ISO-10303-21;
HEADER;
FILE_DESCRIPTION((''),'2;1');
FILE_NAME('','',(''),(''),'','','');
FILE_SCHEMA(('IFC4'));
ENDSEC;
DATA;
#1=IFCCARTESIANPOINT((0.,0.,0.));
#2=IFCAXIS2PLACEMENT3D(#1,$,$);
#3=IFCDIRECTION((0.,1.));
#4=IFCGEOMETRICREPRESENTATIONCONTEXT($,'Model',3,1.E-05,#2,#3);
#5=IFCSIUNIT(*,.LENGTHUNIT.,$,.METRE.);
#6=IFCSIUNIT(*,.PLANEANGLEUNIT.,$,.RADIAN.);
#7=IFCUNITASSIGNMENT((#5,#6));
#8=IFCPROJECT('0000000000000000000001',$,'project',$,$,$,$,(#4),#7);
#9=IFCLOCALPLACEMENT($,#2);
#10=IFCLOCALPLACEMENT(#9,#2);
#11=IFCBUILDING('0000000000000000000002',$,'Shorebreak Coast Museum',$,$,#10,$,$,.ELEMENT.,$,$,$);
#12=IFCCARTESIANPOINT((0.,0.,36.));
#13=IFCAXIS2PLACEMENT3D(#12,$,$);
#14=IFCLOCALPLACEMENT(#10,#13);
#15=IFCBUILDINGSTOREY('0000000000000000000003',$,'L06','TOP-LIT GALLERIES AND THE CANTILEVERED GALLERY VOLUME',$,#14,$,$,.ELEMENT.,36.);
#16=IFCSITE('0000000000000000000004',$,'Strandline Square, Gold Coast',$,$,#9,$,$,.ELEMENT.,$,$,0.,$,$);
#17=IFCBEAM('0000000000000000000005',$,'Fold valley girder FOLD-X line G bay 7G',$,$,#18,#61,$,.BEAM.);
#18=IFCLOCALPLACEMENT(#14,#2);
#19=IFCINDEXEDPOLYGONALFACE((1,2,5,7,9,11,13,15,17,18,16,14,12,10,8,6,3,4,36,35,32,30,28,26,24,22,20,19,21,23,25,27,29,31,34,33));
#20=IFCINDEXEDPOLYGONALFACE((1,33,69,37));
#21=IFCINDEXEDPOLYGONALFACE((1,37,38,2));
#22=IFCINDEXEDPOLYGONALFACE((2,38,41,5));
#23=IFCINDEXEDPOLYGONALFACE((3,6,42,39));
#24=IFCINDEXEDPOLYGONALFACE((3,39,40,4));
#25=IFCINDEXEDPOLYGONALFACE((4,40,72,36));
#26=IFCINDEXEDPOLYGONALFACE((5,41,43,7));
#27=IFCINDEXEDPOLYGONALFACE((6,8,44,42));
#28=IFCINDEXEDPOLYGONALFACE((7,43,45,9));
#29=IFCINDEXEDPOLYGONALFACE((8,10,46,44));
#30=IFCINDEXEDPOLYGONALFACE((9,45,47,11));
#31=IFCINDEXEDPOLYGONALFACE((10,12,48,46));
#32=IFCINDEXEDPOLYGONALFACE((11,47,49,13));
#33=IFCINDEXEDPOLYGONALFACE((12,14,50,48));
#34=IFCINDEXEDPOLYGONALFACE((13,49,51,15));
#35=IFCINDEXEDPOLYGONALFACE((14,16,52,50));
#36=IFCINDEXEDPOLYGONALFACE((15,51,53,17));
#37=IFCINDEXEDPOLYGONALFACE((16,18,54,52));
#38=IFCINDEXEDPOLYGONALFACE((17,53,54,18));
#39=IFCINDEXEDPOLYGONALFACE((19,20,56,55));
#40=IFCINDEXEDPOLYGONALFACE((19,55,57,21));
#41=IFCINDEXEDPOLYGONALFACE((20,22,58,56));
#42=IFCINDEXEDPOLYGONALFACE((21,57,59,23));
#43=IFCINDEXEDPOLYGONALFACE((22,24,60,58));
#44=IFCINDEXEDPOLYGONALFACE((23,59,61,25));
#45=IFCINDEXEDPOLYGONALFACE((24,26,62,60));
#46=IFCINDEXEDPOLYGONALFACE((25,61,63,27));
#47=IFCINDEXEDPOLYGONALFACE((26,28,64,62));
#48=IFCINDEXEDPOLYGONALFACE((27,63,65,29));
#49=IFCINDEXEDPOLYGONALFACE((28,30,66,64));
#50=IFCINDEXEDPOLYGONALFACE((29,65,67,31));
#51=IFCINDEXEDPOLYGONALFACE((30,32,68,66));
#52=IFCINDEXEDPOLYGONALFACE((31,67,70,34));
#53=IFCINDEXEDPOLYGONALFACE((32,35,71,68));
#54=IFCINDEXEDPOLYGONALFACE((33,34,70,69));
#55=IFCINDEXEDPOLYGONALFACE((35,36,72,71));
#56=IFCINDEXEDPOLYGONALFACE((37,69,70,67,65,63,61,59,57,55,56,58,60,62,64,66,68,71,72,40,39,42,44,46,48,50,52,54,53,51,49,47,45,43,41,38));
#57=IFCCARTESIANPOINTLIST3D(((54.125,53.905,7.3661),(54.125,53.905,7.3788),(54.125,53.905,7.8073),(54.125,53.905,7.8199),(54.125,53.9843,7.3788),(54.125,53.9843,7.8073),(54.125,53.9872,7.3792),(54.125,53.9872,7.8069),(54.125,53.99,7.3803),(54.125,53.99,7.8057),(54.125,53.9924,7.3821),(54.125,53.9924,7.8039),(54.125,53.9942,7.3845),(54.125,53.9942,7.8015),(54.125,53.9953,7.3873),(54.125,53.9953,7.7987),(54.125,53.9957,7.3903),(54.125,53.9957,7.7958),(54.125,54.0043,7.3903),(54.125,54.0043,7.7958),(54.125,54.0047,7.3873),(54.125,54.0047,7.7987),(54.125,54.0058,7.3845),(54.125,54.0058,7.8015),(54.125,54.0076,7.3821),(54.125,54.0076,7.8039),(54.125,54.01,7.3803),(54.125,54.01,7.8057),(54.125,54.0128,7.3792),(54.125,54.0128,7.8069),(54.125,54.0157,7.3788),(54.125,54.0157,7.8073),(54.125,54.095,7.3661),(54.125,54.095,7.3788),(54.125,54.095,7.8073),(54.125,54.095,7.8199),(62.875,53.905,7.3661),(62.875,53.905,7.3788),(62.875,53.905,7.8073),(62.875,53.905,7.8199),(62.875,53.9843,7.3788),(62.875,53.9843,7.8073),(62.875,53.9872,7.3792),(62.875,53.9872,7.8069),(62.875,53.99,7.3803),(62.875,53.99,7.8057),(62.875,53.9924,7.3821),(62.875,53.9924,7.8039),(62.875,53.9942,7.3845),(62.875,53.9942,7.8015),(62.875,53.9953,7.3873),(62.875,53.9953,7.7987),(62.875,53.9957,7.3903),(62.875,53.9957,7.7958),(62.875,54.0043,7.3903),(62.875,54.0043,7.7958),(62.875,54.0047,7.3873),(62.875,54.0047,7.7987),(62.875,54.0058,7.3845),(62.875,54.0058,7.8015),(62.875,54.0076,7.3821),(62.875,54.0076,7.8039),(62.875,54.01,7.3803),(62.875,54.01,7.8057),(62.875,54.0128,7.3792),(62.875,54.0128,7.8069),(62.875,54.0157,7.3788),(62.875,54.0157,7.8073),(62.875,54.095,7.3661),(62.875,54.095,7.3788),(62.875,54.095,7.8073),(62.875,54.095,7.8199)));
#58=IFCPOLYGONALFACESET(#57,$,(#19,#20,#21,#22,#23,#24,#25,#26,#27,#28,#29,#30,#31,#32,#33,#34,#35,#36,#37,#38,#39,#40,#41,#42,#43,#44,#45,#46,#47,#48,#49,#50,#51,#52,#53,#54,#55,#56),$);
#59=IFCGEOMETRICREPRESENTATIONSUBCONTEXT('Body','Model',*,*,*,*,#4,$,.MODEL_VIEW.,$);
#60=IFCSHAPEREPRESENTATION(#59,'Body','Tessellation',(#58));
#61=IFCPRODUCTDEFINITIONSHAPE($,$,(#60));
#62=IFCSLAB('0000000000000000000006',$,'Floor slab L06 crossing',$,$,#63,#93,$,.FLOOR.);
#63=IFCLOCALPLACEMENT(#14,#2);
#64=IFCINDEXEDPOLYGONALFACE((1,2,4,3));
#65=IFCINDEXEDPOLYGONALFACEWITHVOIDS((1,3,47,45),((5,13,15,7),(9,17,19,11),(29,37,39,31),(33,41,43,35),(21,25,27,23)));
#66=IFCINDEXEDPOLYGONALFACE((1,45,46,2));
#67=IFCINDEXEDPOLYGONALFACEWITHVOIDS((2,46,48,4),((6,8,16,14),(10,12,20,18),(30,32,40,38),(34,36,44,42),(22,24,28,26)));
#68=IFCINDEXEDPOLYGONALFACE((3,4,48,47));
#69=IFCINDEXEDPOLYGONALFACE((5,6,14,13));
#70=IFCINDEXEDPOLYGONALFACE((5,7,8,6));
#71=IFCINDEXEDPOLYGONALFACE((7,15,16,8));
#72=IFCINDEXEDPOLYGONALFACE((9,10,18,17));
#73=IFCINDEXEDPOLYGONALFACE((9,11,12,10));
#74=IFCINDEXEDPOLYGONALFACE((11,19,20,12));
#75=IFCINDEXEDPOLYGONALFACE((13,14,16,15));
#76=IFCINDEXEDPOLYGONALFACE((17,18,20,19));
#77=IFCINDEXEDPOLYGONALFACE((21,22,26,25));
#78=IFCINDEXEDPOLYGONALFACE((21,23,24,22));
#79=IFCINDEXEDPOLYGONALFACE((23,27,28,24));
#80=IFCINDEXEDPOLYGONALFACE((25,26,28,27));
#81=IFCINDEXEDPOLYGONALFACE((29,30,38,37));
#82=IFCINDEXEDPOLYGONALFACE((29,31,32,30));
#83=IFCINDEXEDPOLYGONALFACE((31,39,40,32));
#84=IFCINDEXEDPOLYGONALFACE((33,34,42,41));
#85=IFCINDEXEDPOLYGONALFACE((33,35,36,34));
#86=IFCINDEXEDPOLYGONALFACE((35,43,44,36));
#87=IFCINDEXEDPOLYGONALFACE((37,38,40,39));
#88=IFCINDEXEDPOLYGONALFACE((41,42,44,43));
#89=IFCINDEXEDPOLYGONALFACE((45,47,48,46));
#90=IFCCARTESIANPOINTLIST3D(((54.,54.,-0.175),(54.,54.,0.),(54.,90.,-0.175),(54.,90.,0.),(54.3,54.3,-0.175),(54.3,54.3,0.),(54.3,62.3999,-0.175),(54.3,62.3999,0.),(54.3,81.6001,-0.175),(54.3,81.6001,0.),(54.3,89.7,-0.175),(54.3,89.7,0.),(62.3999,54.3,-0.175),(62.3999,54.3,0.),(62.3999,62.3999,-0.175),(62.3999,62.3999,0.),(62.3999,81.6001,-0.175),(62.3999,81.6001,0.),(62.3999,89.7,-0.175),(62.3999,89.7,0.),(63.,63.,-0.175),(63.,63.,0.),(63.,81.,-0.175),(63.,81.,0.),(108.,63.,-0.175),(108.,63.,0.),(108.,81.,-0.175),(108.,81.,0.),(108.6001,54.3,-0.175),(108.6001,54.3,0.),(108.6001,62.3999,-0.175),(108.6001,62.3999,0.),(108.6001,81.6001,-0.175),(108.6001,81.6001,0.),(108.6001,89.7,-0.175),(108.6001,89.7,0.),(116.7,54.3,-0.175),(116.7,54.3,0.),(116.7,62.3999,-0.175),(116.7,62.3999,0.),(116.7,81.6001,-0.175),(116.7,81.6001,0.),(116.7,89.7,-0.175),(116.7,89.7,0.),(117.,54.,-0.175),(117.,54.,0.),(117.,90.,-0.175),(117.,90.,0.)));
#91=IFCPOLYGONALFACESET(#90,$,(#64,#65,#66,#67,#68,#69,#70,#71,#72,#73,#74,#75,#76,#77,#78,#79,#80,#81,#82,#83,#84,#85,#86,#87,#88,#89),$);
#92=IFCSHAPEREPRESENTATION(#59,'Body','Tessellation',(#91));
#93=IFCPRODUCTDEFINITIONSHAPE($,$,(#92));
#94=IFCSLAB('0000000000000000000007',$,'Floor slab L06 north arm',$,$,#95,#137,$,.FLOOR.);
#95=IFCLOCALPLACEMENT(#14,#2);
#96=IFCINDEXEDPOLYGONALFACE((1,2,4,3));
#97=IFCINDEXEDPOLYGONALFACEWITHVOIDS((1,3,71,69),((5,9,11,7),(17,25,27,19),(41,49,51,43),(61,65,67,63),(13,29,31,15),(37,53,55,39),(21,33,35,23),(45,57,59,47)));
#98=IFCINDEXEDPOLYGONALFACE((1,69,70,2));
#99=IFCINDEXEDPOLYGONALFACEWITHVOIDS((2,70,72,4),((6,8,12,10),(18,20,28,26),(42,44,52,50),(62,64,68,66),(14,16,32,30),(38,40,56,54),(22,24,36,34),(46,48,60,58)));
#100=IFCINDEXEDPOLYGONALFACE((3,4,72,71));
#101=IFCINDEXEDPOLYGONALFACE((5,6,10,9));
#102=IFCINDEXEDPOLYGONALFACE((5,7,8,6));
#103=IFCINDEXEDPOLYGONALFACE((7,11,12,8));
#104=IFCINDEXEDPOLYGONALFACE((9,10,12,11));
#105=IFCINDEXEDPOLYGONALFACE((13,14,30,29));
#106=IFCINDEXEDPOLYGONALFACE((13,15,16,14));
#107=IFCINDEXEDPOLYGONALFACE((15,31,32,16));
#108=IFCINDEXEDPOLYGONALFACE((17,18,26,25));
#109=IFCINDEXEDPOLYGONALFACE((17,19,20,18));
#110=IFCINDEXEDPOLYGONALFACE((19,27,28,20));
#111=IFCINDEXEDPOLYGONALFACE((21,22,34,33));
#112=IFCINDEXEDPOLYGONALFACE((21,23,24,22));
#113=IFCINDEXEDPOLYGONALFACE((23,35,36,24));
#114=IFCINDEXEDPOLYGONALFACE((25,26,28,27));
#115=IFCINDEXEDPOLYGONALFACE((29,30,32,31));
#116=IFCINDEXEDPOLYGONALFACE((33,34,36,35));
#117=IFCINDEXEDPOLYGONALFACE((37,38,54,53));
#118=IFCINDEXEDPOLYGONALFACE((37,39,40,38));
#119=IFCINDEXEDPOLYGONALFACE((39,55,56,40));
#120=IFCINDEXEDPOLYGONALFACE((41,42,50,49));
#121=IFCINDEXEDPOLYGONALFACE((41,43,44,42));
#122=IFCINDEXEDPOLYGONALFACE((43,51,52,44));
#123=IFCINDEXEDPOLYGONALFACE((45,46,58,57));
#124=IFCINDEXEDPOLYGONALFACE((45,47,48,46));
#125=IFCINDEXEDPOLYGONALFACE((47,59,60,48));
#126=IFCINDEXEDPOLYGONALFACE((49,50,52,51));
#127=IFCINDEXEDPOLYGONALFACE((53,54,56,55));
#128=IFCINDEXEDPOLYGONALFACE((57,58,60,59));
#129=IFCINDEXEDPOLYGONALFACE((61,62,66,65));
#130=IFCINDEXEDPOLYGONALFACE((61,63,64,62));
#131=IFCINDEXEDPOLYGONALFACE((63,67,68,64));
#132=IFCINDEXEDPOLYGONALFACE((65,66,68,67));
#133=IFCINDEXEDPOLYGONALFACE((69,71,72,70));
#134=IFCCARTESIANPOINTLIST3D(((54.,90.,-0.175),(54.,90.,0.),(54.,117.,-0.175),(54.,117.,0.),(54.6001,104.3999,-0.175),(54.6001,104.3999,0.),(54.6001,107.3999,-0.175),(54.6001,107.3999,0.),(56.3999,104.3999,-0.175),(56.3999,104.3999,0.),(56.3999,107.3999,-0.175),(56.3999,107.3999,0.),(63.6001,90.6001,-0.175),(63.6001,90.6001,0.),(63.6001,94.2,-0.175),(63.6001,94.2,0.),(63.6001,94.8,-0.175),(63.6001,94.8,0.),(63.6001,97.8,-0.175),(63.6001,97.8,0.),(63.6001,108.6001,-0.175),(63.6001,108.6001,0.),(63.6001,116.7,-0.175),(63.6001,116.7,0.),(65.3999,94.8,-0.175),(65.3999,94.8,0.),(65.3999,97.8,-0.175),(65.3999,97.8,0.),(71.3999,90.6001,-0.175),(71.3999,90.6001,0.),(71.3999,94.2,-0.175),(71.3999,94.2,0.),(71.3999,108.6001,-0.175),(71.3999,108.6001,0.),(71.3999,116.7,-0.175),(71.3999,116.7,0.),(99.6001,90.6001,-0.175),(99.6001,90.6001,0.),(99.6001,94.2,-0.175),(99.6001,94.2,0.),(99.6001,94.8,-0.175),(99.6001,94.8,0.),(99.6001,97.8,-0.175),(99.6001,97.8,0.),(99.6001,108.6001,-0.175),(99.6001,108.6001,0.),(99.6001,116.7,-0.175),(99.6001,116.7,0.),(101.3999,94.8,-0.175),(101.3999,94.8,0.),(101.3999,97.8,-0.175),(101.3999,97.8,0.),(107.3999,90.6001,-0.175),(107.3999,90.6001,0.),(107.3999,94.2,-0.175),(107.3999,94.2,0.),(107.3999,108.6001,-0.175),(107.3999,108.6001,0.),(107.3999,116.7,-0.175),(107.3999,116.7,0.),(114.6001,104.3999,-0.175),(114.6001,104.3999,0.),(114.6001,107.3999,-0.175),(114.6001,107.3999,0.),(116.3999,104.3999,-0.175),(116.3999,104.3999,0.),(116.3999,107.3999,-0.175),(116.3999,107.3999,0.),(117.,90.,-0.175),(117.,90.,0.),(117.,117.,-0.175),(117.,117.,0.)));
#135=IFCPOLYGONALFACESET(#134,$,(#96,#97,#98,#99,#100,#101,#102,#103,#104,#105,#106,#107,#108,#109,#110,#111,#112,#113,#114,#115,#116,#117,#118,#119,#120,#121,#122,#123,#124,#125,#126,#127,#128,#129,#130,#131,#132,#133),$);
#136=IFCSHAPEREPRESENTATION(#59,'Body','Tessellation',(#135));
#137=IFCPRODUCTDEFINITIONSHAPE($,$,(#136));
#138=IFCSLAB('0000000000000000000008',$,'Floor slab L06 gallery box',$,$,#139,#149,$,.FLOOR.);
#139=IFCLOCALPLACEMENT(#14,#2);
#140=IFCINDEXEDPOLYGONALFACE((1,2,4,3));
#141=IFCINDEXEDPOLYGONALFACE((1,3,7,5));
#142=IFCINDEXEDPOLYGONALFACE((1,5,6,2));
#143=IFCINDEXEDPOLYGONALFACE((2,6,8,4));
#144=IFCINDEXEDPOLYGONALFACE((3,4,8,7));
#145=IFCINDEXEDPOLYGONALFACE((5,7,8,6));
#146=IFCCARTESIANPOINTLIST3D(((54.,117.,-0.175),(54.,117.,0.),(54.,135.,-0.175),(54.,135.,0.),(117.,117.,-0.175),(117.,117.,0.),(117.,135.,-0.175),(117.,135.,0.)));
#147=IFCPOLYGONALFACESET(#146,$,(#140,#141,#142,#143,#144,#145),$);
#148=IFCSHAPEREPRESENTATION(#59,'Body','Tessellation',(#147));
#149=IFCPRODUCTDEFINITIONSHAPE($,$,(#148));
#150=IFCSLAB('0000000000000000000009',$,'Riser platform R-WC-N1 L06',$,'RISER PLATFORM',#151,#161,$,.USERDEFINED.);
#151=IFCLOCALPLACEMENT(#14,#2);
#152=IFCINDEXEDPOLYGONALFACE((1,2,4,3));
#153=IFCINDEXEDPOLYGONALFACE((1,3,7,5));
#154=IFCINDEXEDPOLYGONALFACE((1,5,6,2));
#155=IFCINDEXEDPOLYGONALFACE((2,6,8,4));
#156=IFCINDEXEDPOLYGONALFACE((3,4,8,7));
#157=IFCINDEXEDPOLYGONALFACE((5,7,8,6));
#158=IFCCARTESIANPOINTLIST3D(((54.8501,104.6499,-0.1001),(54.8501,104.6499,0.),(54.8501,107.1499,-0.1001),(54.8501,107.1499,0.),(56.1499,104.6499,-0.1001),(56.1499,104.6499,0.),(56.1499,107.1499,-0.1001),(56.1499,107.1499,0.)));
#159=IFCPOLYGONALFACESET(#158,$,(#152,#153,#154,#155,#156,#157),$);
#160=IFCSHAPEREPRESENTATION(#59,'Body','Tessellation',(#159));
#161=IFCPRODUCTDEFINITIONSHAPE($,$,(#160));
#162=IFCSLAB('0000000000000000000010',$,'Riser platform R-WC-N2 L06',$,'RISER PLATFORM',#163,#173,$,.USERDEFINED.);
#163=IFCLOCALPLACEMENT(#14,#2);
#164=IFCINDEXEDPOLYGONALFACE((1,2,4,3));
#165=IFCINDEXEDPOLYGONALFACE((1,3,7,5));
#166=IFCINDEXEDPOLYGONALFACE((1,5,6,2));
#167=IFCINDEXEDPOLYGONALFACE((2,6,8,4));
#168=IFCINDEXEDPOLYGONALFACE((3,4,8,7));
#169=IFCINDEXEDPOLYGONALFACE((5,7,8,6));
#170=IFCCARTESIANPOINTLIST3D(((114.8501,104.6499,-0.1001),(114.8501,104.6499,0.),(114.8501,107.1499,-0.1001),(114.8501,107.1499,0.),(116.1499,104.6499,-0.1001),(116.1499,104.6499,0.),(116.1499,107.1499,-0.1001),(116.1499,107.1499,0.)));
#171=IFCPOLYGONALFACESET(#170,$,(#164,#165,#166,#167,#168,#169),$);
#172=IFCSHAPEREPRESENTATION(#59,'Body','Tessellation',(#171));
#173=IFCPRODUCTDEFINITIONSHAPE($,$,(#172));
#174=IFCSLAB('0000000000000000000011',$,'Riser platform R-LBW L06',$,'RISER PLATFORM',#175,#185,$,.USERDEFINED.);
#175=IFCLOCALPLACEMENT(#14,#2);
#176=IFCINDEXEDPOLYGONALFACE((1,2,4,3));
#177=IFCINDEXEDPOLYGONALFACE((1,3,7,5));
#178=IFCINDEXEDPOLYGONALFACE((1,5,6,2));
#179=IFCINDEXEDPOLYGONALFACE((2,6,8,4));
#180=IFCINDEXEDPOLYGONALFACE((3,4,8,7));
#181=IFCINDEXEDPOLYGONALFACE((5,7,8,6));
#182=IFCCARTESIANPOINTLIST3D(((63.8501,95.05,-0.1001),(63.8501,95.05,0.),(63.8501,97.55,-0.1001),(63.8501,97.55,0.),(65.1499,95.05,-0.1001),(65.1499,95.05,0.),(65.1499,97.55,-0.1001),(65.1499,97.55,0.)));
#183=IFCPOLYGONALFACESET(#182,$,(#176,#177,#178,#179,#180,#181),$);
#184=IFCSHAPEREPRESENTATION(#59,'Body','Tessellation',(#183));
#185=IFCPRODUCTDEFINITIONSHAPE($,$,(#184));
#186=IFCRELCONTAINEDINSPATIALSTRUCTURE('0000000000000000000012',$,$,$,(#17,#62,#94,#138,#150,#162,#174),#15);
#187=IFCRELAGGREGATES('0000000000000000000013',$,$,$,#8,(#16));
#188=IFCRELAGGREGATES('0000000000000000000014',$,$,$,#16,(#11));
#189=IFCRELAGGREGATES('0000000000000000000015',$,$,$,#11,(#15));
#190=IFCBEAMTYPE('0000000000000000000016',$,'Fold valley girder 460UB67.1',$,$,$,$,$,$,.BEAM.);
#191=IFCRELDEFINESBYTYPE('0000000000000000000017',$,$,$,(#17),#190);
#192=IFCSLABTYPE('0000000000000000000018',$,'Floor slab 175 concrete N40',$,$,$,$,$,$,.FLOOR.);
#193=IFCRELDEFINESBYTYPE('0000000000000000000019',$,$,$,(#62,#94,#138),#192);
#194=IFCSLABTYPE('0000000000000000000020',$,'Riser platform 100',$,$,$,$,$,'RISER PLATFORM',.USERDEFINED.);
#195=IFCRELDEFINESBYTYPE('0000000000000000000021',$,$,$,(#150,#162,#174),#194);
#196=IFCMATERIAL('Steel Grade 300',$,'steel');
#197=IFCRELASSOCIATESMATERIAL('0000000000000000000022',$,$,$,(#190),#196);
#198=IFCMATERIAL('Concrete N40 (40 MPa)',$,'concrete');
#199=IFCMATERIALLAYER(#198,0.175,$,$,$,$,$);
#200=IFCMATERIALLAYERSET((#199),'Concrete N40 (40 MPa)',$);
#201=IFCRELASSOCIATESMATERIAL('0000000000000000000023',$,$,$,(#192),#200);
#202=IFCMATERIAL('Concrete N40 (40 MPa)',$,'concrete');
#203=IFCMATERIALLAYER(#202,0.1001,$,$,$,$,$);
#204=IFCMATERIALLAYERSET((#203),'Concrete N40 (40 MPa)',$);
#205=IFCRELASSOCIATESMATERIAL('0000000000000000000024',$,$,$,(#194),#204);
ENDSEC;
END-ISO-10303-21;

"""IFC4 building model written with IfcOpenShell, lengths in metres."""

from ifc_helpers import new_model, si_unit, direction, frame, origin, origin_2d, place, context, subcontext, project, spatial, polyline, i_section, outline, extrude, material, layer, layer_set, material_profile, profile_set, type_object, element, save


model = new_model("IFC4")

# Units and contexts
model_context = context("Model", 3, precision=1e-05, world=origin(), true_north=direction((0.0, 1.0)))
body_context = subcontext(model_context, "Body", "Model", "MODEL_VIEW")
ifc_project = project(units=[si_unit("LENGTHUNIT", "METRE"), si_unit("PLANEANGLEUNIT", "RADIAN")], contexts=[model_context])

# Site, building, storey
site_placement = place(None, origin())
site = spatial("IfcSite", under=ifc_project, at=site_placement, Name="Strandline Square, Gold Coast", CompositionType="ELEMENT", RefElevation=0.0)
building_placement = place(site_placement, origin())
building = spatial("IfcBuilding", under=site, at=building_placement, Name="Shorebreak Coast Museum", CompositionType="ELEMENT")
storey_placement = place(building_placement, frame((0.0, 0.0, 36.0)))
storey = spatial("IfcBuildingStorey", under=building, at=storey_placement, Name="L06", Description="TOP-LIT GALLERIES AND THE CANTILEVERED GALLERY VOLUME", CompositionType="ELEMENT", Elevation=36.0)

# Beam
ifc_material_1 = material(Name="Steel Grade 300", Category="steel")
ifc_material_profile_1 = material_profile(ifc_material_1, i_section(OverallWidth=0.1899, OverallDepth=0.4539, WebThickness=0.0085, FlangeThickness=0.0127, FilletRadius=0.0115, at=origin_2d()), Name="460UB67.1")
ifc_profile_set_1 = profile_set([ifc_material_profile_1], Name="Steel Grade 300")
beam_type_1 = type_object("IfcBeamType", Name="Fold valley girder 460UB67.1", PredefinedType="BEAM", material=ifc_profile_set_1)
beam_1_placement = place(storey_placement, frame((54.125, 54.0, 7.593), z_axis=(1.0, 0.0, 0.0), x_axis=(0.0, 1.0, 0.0)))
element("IfcBeam", 1, at=beam_1_placement, inside=storey, type_object=beam_type_1, Name="Fold valley girder FOLD-X line G bay 7G", PredefinedType="BEAM", context=body_context, shape_type="SweptSolid", body=[
    extrude(i_section(OverallWidth=0.1899, OverallDepth=0.4539, WebThickness=0.0085, FlangeThickness=0.0127, FilletRadius=0.0115, at=origin_2d()), origin(), (0.0, 0.0, 1.0), 8.75),
])

# Slabs
ifc_material_2 = material(Name="Concrete N40 (40 MPa)", Category="concrete")
ifc_layer_1 = layer(ifc_material_2, 0.175)
ifc_layer_set_1 = layer_set([ifc_layer_1], Name="Concrete N40 (40 MPa)")
slab_type_1 = type_object("IfcSlabType", Name="Floor slab 175 concrete N40", PredefinedType="FLOOR", material=ifc_layer_set_1)
slab_1_placement = place(storey_placement, frame((0.0, 0.0, -0.175)))
element("IfcSlab", 2, at=slab_1_placement, inside=storey, type_object=slab_type_1, Name="Floor slab L06 crossing", PredefinedType="FLOOR", context=body_context, shape_type="SweptSolid", body=[
    extrude(outline(polyline([(54.0, 54.0), (117.0, 54.0), (117.0, 90.0), (54.0, 90.0), (54.0, 54.0)]), holes=[polyline([(108.0, 81.0), (108.0, 63.0), (63.0, 63.0), (63.0, 81.0), (108.0, 81.0)]), polyline([(62.3999, 54.3), (54.3, 54.3), (54.3, 62.3999), (62.3999, 62.3999), (62.3999, 54.3)]), polyline([(108.6001, 54.3), (108.6001, 62.3999), (116.7, 62.3999), (116.7, 54.3), (108.6001, 54.3)]), polyline([(54.3, 89.7), (62.3999, 89.7), (62.3999, 81.6001), (54.3, 81.6001), (54.3, 89.7)]), polyline([(116.7, 89.7), (116.7, 81.6001), (108.6001, 81.6001), (108.6001, 89.7), (116.7, 89.7)])]), origin(), (0.0, 0.0, 1.0), 0.175),
])
slab_2_placement = place(storey_placement, frame((0.0, 0.0, -0.175)))
element("IfcSlab", 3, at=slab_2_placement, inside=storey, type_object=slab_type_1, Name="Floor slab L06 north arm", PredefinedType="FLOOR", context=body_context, shape_type="SweptSolid", body=[
    extrude(outline(polyline([(117.0, 90.0), (117.0, 117.0), (54.0, 117.0), (54.0, 90.0), (117.0, 90.0)]), holes=[polyline([(107.3999, 90.6001), (99.6001, 90.6001), (99.6001, 94.2), (107.3999, 94.2), (107.3999, 90.6001)]), polyline([(63.6001, 90.6001), (63.6001, 94.2), (71.3999, 94.2), (71.3999, 90.6001), (63.6001, 90.6001)]), polyline([(99.6001, 97.8), (101.3999, 97.8), (101.3999, 94.8), (99.6001, 94.8), (99.6001, 97.8)]), polyline([(65.3999, 97.8), (65.3999, 94.8), (63.6001, 94.8), (63.6001, 97.8), (65.3999, 97.8)]), polyline([(56.3999, 104.3999), (54.6001, 104.3999), (54.6001, 107.3999), (56.3999, 107.3999), (56.3999, 104.3999)]), polyline([(114.6001, 104.3999), (114.6001, 107.3999), (116.3999, 107.3999), (116.3999, 104.3999), (114.6001, 104.3999)]), polyline([(63.6001, 116.7), (71.3999, 116.7), (71.3999, 108.6001), (63.6001, 108.6001), (63.6001, 116.7)]), polyline([(107.3999, 116.7), (107.3999, 108.6001), (99.6001, 108.6001), (99.6001, 116.7), (107.3999, 116.7)])]), origin(), (0.0, 0.0, 1.0), 0.175),
])
slab_3_placement = place(storey_placement, frame((0.0, 0.0, -0.175)))
element("IfcSlab", 4, at=slab_3_placement, inside=storey, type_object=slab_type_1, Name="Floor slab L06 gallery box", PredefinedType="FLOOR", context=body_context, shape_type="SweptSolid", body=[
    extrude(outline(polyline([(117.0, 117.0), (117.0, 135.0), (54.0, 135.0), (54.0, 117.0), (117.0, 117.0)])), origin(), (0.0, 0.0, 1.0), 0.175),
])
ifc_material_3 = material(Name="Concrete N40 (40 MPa)", Category="concrete")
ifc_layer_2 = layer(ifc_material_3, 0.1001)
ifc_layer_set_2 = layer_set([ifc_layer_2], Name="Concrete N40 (40 MPa)")
slab_type_2 = type_object("IfcSlabType", Name="Riser platform 100", ElementType="RISER PLATFORM", PredefinedType="USERDEFINED", material=ifc_layer_set_2)
slab_4_placement = place(storey_placement, frame((0.0, 0.0, -0.1001)))
element("IfcSlab", 5, at=slab_4_placement, inside=storey, type_object=slab_type_2, Name="Riser platform R-WC-N1 L06", ObjectType="RISER PLATFORM", PredefinedType="USERDEFINED", context=body_context, shape_type="SweptSolid", body=[
    extrude(outline(polyline([(54.8501, 104.6499), (56.1499, 104.6499), (56.1499, 107.1499), (54.8501, 107.1499), (54.8501, 104.6499)])), origin(), (0.0, 0.0, 1.0), 0.1001),
])
slab_5_placement = place(storey_placement, frame((0.0, 0.0, -0.1001)))
element("IfcSlab", 6, at=slab_5_placement, inside=storey, type_object=slab_type_2, Name="Riser platform R-WC-N2 L06", ObjectType="RISER PLATFORM", PredefinedType="USERDEFINED", context=body_context, shape_type="SweptSolid", body=[
    extrude(outline(polyline([(114.8501, 104.6499), (116.1499, 104.6499), (116.1499, 107.1499), (114.8501, 107.1499), (114.8501, 104.6499)])), origin(), (0.0, 0.0, 1.0), 0.1001),
])
slab_6_placement = place(storey_placement, frame((0.0, 0.0, -0.1001)))
element("IfcSlab", 7, at=slab_6_placement, inside=storey, type_object=slab_type_2, Name="Riser platform R-LBW L06", ObjectType="RISER PLATFORM", PredefinedType="USERDEFINED", context=body_context, shape_type="SweptSolid", body=[
    extrude(outline(polyline([(63.8501, 95.05), (65.1499, 95.05), (65.1499, 97.55), (63.8501, 97.55), (63.8501, 95.05)])), origin(), (0.0, 0.0, 1.0), 0.1001),
])

save(model, "model.ifc")
